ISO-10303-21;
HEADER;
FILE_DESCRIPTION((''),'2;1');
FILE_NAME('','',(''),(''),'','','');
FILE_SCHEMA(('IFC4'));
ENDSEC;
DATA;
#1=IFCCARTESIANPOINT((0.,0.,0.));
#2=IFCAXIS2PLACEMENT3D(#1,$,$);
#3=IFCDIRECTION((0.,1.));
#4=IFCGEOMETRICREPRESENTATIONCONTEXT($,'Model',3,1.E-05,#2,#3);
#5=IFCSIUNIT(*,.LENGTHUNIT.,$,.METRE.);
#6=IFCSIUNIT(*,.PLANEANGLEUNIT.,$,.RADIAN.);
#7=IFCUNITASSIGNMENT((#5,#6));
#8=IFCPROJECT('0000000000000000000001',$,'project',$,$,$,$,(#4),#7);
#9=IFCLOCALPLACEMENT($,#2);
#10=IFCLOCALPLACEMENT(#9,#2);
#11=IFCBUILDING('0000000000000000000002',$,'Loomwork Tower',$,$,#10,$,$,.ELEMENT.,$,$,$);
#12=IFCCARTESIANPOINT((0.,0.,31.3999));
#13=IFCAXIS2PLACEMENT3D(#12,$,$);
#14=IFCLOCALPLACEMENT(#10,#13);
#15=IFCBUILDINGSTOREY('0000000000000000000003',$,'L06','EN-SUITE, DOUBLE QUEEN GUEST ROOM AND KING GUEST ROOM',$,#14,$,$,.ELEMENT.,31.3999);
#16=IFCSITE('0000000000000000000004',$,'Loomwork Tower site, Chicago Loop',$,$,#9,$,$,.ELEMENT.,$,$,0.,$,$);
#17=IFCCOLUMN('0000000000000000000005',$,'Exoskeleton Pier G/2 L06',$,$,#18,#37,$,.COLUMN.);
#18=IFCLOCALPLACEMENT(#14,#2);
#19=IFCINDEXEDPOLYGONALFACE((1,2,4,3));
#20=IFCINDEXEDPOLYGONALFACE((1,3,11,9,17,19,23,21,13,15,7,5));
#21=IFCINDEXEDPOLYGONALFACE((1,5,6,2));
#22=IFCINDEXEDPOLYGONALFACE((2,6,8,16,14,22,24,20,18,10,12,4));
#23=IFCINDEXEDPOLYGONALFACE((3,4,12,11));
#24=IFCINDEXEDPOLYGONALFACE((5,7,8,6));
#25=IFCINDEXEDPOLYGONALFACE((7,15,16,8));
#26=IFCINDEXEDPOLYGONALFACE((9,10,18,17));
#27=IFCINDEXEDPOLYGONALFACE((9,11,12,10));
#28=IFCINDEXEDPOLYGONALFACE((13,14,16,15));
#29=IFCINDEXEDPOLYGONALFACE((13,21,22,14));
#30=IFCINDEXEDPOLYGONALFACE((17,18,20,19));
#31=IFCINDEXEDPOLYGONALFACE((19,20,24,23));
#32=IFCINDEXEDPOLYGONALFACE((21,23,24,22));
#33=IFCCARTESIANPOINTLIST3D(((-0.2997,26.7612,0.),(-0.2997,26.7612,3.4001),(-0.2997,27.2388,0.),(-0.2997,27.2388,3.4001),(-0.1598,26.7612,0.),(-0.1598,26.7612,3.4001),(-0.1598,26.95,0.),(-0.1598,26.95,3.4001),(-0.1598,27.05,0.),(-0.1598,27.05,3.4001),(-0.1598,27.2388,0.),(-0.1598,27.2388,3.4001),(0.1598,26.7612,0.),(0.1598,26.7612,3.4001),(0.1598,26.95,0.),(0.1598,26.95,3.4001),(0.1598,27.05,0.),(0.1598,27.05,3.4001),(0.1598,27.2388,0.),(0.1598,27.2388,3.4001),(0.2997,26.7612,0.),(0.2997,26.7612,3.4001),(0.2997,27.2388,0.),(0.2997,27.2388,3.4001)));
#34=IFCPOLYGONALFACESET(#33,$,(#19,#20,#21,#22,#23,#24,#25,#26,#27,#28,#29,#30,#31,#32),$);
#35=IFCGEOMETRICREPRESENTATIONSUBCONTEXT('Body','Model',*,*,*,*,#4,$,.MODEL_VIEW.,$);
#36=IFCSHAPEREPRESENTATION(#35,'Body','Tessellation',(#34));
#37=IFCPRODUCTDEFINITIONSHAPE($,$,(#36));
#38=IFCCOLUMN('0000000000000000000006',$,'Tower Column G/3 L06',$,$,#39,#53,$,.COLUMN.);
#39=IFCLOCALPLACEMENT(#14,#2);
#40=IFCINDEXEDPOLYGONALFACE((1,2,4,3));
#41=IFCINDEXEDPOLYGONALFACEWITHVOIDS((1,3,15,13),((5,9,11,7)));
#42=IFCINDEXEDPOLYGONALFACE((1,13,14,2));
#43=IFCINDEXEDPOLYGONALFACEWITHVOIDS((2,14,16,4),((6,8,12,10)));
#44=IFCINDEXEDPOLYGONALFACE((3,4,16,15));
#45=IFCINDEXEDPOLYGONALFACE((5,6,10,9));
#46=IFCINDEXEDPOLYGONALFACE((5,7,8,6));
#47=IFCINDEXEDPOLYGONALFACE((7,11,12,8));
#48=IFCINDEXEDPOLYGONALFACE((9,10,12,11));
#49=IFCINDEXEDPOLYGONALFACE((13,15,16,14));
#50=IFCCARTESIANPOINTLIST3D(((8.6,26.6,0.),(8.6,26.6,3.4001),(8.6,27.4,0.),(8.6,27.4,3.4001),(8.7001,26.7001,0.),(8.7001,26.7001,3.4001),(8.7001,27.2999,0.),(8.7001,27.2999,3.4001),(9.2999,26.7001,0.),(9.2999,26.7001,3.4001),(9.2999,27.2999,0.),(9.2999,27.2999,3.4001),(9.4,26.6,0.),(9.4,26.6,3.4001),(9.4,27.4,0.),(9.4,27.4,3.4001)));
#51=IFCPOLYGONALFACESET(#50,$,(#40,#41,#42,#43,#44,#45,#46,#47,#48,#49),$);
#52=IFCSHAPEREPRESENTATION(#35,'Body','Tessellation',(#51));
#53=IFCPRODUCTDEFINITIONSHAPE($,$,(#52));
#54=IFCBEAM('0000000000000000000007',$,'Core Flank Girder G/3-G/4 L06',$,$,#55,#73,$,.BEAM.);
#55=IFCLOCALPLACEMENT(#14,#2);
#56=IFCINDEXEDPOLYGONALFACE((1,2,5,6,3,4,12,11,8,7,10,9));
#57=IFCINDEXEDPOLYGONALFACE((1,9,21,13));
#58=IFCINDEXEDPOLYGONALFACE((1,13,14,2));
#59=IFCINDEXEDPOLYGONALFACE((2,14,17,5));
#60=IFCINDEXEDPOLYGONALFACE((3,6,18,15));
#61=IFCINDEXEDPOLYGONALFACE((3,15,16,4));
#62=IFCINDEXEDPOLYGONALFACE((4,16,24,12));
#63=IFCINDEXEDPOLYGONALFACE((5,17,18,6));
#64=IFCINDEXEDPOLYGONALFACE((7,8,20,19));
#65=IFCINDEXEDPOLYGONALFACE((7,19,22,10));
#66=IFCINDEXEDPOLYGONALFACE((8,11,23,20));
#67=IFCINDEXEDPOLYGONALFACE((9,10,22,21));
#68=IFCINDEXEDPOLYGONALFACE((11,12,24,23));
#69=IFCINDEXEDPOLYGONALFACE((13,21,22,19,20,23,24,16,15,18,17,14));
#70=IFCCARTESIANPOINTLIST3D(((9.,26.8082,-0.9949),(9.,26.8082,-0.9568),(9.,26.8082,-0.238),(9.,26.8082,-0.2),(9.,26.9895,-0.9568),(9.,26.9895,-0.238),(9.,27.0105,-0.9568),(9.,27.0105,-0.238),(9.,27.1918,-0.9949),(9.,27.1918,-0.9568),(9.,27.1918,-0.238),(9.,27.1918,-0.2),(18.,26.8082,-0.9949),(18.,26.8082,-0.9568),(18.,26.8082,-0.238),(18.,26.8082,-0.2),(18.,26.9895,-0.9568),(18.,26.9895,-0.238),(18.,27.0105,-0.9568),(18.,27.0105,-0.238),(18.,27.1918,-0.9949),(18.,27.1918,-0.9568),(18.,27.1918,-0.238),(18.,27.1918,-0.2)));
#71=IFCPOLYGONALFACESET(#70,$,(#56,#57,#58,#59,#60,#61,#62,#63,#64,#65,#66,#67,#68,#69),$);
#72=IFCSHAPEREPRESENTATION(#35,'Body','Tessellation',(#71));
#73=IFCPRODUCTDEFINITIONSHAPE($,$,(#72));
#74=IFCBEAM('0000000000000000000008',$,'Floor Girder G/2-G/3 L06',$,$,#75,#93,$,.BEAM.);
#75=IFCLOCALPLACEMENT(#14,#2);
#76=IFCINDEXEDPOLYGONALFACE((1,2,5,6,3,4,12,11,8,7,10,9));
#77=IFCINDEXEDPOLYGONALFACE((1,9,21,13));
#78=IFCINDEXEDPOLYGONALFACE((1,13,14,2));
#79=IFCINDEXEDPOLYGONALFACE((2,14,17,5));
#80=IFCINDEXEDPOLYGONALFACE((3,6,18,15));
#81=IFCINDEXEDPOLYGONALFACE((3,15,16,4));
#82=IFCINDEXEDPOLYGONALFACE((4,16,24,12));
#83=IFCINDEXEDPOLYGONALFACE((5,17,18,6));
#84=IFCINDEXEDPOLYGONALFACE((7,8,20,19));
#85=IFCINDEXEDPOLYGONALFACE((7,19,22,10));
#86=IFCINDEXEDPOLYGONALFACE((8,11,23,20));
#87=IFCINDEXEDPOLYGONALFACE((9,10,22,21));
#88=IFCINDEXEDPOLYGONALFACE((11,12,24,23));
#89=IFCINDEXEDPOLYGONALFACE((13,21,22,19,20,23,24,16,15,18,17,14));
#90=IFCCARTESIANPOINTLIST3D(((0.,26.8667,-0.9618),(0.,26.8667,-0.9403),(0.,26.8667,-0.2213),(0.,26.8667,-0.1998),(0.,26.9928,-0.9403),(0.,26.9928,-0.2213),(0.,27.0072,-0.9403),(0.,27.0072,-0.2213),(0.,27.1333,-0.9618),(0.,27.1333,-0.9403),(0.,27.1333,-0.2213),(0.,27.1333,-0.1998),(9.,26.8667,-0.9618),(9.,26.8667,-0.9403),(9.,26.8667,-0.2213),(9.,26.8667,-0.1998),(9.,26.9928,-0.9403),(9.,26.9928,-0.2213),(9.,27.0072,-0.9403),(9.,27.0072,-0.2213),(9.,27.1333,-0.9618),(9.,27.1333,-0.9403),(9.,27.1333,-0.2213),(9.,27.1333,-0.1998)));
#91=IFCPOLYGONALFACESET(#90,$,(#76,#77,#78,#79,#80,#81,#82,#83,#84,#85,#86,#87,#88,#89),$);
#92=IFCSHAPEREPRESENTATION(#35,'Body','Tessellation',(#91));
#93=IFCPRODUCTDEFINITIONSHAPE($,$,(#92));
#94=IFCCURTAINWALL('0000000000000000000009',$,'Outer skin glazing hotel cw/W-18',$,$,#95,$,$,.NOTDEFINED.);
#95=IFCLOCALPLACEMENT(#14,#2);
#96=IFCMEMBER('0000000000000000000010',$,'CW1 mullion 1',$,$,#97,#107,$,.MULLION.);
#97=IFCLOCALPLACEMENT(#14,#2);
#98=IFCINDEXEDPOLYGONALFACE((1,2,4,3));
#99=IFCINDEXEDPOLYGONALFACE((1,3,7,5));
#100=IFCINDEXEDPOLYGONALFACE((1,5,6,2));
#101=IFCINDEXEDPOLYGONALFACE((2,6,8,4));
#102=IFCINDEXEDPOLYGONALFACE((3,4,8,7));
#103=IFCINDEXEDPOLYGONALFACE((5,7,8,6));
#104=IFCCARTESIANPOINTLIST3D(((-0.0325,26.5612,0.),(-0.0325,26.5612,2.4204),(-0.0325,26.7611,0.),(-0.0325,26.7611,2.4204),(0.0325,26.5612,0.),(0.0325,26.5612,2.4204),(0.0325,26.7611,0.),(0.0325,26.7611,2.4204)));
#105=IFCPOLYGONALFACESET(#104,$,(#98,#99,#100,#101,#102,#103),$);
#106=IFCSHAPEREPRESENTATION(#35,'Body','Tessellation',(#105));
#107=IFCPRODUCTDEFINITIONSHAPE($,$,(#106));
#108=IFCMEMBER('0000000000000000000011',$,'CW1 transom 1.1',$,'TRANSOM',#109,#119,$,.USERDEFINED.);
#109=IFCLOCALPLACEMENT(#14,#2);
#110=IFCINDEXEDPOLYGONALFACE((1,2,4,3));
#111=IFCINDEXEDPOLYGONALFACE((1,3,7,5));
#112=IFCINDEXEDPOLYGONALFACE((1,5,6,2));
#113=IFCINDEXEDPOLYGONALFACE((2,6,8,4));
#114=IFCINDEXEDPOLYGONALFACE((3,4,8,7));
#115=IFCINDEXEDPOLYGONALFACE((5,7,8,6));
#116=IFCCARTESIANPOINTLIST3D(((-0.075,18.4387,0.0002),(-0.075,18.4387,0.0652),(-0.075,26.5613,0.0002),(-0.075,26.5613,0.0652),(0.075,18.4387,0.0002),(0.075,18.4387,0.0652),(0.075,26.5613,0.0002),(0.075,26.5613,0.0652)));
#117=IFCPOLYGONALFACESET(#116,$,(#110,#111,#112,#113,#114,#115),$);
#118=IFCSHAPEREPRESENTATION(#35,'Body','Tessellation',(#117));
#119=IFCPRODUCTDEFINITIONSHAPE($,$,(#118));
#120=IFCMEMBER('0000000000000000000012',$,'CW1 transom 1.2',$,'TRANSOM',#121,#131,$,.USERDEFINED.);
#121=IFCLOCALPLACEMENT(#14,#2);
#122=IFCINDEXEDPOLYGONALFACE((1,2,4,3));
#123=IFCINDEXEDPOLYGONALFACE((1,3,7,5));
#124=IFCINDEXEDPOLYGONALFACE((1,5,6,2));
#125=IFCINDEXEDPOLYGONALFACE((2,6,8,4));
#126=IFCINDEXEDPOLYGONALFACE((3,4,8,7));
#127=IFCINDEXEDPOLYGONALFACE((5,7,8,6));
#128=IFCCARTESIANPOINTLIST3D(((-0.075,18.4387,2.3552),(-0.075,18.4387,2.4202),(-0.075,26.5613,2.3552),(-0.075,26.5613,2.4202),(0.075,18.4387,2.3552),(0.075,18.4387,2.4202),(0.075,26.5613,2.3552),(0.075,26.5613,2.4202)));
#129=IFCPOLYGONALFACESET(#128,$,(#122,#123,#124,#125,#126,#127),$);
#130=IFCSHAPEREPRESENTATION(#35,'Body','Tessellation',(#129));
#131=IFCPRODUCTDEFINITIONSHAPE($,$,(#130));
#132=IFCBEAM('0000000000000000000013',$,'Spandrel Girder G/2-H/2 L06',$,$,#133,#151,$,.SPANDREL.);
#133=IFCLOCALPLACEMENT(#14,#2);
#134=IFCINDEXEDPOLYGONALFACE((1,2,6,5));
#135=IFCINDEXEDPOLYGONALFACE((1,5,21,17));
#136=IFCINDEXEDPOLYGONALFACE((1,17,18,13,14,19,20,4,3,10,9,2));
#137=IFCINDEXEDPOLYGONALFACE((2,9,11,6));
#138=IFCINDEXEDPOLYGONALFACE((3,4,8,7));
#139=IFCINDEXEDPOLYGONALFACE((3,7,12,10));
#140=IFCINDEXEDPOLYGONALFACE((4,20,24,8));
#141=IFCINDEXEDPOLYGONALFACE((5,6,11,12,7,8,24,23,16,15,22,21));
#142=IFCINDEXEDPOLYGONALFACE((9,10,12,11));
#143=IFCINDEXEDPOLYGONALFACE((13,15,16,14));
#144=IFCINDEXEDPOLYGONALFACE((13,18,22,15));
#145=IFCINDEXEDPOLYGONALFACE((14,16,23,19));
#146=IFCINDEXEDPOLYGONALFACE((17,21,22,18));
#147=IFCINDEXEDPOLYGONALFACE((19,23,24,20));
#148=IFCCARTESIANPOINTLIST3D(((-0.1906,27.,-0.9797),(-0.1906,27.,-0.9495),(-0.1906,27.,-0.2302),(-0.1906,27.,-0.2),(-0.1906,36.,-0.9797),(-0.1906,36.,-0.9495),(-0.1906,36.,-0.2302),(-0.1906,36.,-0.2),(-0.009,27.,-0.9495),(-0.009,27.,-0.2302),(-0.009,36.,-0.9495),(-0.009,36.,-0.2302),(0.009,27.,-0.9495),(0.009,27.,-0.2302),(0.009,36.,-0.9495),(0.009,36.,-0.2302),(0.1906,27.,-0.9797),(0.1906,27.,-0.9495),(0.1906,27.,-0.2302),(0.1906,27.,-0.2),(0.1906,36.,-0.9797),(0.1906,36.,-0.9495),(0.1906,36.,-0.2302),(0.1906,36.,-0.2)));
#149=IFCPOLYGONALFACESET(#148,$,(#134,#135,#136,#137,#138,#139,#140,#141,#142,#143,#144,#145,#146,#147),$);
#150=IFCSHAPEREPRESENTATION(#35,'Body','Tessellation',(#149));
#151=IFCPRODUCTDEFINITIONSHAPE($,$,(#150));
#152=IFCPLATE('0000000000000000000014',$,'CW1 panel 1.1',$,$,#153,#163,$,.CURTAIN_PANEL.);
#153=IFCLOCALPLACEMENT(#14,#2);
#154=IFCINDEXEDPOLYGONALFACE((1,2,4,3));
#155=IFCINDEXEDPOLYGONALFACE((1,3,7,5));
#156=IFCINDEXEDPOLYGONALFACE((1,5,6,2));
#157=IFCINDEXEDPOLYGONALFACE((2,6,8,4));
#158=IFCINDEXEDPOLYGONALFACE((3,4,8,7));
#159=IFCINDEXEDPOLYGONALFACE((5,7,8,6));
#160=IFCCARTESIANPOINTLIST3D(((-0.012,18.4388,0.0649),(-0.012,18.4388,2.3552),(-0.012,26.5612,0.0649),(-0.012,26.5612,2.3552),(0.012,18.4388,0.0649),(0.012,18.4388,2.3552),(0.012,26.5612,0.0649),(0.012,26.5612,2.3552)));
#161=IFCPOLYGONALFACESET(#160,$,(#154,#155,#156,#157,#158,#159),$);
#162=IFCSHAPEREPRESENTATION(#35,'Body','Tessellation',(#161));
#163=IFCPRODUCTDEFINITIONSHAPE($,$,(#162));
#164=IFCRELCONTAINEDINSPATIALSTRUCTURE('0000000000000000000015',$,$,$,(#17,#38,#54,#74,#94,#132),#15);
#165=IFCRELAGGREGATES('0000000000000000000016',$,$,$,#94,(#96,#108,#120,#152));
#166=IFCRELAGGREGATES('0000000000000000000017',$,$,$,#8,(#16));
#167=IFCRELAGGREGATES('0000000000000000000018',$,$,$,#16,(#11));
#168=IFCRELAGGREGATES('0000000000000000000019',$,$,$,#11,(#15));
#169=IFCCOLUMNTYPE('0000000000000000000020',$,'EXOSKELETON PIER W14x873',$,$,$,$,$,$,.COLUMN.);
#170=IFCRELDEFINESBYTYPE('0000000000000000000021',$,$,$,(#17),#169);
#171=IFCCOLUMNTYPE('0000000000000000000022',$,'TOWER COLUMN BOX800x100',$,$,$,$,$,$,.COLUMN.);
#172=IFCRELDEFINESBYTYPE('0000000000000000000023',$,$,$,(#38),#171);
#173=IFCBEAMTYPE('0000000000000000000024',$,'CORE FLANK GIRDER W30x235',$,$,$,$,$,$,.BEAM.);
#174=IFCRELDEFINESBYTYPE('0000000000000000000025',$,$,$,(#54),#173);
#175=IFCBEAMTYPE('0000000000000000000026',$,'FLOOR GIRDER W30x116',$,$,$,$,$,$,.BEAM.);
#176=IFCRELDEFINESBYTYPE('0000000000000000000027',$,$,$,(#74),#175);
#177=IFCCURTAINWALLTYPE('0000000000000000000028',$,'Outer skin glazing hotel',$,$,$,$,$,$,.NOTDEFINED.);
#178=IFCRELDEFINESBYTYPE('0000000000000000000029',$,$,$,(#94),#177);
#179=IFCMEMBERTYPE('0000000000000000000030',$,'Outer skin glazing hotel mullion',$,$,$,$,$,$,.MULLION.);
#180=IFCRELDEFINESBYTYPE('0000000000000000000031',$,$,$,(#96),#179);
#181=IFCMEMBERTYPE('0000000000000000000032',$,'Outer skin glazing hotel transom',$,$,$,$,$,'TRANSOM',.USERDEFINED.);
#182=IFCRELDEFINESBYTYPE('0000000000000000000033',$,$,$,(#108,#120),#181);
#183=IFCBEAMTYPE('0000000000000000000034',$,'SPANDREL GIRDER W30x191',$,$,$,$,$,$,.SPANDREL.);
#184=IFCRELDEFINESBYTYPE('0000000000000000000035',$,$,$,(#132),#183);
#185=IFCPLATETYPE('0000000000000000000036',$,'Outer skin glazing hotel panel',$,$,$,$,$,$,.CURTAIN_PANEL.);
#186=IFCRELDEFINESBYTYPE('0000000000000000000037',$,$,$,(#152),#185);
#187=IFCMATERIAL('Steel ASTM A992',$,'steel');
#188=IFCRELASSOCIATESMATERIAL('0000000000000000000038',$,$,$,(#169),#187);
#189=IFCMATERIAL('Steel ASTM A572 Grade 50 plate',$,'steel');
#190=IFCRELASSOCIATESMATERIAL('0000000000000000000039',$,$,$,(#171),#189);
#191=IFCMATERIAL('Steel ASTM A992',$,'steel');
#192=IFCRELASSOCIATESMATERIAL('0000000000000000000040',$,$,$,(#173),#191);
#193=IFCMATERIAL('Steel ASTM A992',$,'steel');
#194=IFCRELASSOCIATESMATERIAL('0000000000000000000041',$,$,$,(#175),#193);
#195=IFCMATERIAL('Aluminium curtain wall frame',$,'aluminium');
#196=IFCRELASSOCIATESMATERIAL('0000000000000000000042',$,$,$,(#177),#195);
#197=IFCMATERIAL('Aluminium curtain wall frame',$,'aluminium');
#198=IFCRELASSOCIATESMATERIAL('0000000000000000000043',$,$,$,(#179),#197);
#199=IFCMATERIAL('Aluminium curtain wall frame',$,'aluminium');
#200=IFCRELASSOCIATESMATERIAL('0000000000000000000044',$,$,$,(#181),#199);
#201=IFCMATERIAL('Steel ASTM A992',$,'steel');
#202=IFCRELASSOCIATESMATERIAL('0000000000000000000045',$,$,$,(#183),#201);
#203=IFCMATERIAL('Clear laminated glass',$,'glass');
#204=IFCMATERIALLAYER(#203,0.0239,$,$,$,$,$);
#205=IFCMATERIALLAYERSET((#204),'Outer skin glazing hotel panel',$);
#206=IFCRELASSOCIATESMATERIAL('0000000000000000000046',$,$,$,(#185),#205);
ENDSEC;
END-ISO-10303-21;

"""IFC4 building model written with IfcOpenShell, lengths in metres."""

from ifc_helpers import new_model, si_unit, direction, frame, origin, origin_2d, place, context, subcontext, project, spatial, rectangle, hollow_rectangle, i_section, extrude, material, layer, layer_set, material_profile, profile_set, type_object, element, aggregate, save


model = new_model("IFC4")

# Units and contexts
model_context = context("Model", 3, precision=1e-05, world=origin(), true_north=direction((0.0, 1.0)))
body_context = subcontext(model_context, "Body", "Model", "MODEL_VIEW")
ifc_project = project(units=[si_unit("LENGTHUNIT", "METRE"), si_unit("PLANEANGLEUNIT", "RADIAN")], contexts=[model_context])

# Site, building, storey
site_placement = place(None, origin())
site = spatial("IfcSite", under=ifc_project, at=site_placement, Name="Loomwork Tower site, Chicago Loop", CompositionType="ELEMENT", RefElevation=0.0)
building_placement = place(site_placement, origin())
building = spatial("IfcBuilding", under=site, at=building_placement, Name="Loomwork Tower", CompositionType="ELEMENT")
storey_placement = place(building_placement, frame((0.0, 0.0, 31.3999)))
storey = spatial("IfcBuildingStorey", under=building, at=storey_placement, Name="L06", Description="EN-SUITE, DOUBLE QUEEN GUEST ROOM AND KING GUEST ROOM", CompositionType="ELEMENT", Elevation=31.3999)

# Columns
ifc_material_1 = material(Name="Steel ASTM A992", Category="steel")
ifc_material_profile_1 = material_profile(ifc_material_1, i_section(OverallWidth=0.4775, OverallDepth=0.5994, WebThickness=0.1001, FlangeThickness=0.1399, at=origin_2d()), Name="W14x873")
ifc_profile_set_1 = profile_set([ifc_material_profile_1], Name="Steel ASTM A992")
column_type_1 = type_object("IfcColumnType", Name="EXOSKELETON PIER W14x873", PredefinedType="COLUMN", material=ifc_profile_set_1)
column_1_placement = place(storey_placement, frame((0.0, 27.0, 0.0), z_axis=(0.0, 0.0, 1.0), x_axis=(0.0, 1.0, 0.0)))
element("IfcColumn", 1, at=column_1_placement, inside=storey, type_object=column_type_1, Name="Exoskeleton Pier G/2 L06", PredefinedType="COLUMN", context=body_context, shape_type="SweptSolid", body=[
    extrude(i_section(OverallWidth=0.4775, OverallDepth=0.5994, WebThickness=0.1001, FlangeThickness=0.1399, at=origin_2d()), origin(), (0.0, 0.0, 1.0), 3.4001),
])
ifc_material_2 = material(Name="Steel ASTM A572 Grade 50 plate", Category="steel")
ifc_material_profile_2 = material_profile(ifc_material_2, hollow_rectangle(XDim=0.8, YDim=0.8, WallThickness=0.1001, at=origin_2d()), Name="BOX800x100")
ifc_profile_set_2 = profile_set([ifc_material_profile_2], Name="Steel ASTM A572 Grade 50 plate")
column_type_2 = type_object("IfcColumnType", Name="TOWER COLUMN BOX800x100", PredefinedType="COLUMN", material=ifc_profile_set_2)
column_2_placement = place(storey_placement, frame((9.0, 27.0, 0.0), z_axis=(0.0, 0.0, 1.0), x_axis=(1.0, 0.0, 0.0)))
element("IfcColumn", 2, at=column_2_placement, inside=storey, type_object=column_type_2, Name="Tower Column G/3 L06", PredefinedType="COLUMN", context=body_context, shape_type="SweptSolid", body=[
    extrude(hollow_rectangle(XDim=0.8, YDim=0.8, WallThickness=0.1001, at=origin_2d()), origin(), (0.0, 0.0, 1.0), 3.4001),
])

# Beams
ifc_material_3 = material(Name="Steel ASTM A992", Category="steel")
ifc_material_profile_3 = material_profile(ifc_material_3, i_section(OverallWidth=0.3835, OverallDepth=0.7949, WebThickness=0.021, FlangeThickness=0.0381, at=origin_2d()), Name="W30x235")
ifc_profile_set_3 = profile_set([ifc_material_profile_3], Name="Steel ASTM A992")
beam_type_1 = type_object("IfcBeamType", Name="CORE FLANK GIRDER W30x235", PredefinedType="BEAM", material=ifc_profile_set_3)
beam_1_placement = place(storey_placement, frame((9.0, 27.0, -0.5974), z_axis=(1.0, 0.0, 0.0), x_axis=(0.0, 1.0, 0.0)))
element("IfcBeam", 3, at=beam_1_placement, inside=storey, type_object=beam_type_1, Name="Core Flank Girder G/3-G/4 L06", PredefinedType="BEAM", context=body_context, shape_type="SweptSolid", body=[
    extrude(i_section(OverallWidth=0.3835, OverallDepth=0.7949, WebThickness=0.021, FlangeThickness=0.0381, at=origin_2d()), origin(), (0.0, 0.0, 1.0), 9.0),
])
ifc_material_4 = material(Name="Steel ASTM A992", Category="steel")
ifc_material_profile_4 = material_profile(ifc_material_4, i_section(OverallWidth=0.2666, OverallDepth=0.762, WebThickness=0.0144, FlangeThickness=0.0215, at=origin_2d()), Name="W30x116")
ifc_profile_set_4 = profile_set([ifc_material_profile_4], Name="Steel ASTM A992")
beam_type_2 = type_object("IfcBeamType", Name="FLOOR GIRDER W30x116", PredefinedType="BEAM", material=ifc_profile_set_4)
beam_2_placement = place(storey_placement, frame((0.0, 27.0, -0.5808), z_axis=(1.0, 0.0, 0.0), x_axis=(0.0, 1.0, 0.0)))
element("IfcBeam", 4, at=beam_2_placement, inside=storey, type_object=beam_type_2, Name="Floor Girder G/2-G/3 L06", PredefinedType="BEAM", context=body_context, shape_type="SweptSolid", body=[
    extrude(i_section(OverallWidth=0.2666, OverallDepth=0.762, WebThickness=0.0144, FlangeThickness=0.0215, at=origin_2d()), origin(), (0.0, 0.0, 1.0), 9.0),
])

# Curtain wall, members
ifc_material_5 = material(Name="Aluminium curtain wall frame", Category="aluminium")
curtain_wall_type = type_object("IfcCurtainWallType", Name="Outer skin glazing hotel", PredefinedType="NOTDEFINED", material=ifc_material_5)
curtain_wall_placement = place(storey_placement, origin())
curtain_wall = element("IfcCurtainWall", 5, at=curtain_wall_placement, inside=storey, type_object=curtain_wall_type, Name="Outer skin glazing hotel cw/W-18", PredefinedType="NOTDEFINED")
ifc_material_6 = material(Name="Aluminium curtain wall frame", Category="aluminium")
ifc_material_profile_5 = material_profile(ifc_material_6, rectangle(XDim=0.0649, YDim=0.2, at=origin_2d()), Name="AL 65x200")
ifc_profile_set_5 = profile_set([ifc_material_profile_5], Name="Aluminium curtain wall frame")
member_type_1 = type_object("IfcMemberType", Name="Outer skin glazing hotel mullion", PredefinedType="MULLION", material=ifc_profile_set_5)
member_1_placement = place(storey_placement, frame((0.0, 26.6611, 0.0), z_axis=(0.0, 0.0, 1.0), x_axis=(1.0, 0.0, 0.0)))
member_1 = element("IfcMember", 6, at=member_1_placement, type_object=member_type_1, Name="CW1 mullion 1", PredefinedType="MULLION", context=body_context, shape_type="SweptSolid", body=[
    extrude(rectangle(XDim=0.0649, YDim=0.2, at=origin_2d()), origin(), (0.0, 0.0, 1.0), 2.4204),
])
ifc_material_7 = material(Name="Aluminium curtain wall frame", Category="aluminium")
ifc_material_profile_6 = material_profile(ifc_material_7, rectangle(XDim=0.1499, YDim=0.0649, at=origin_2d()), Name="AL 65x150")
ifc_profile_set_6 = profile_set([ifc_material_profile_6], Name="Aluminium curtain wall frame")
member_type_2 = type_object("IfcMemberType", Name="Outer skin glazing hotel transom", ElementType="TRANSOM", PredefinedType="USERDEFINED", material=ifc_profile_set_6)
member_2_placement = place(storey_placement, frame((0.0, 26.5613, 0.0327), z_axis=(0.0, -1.0, 0.0), x_axis=(1.0, 0.0, 0.0)))
member_2 = element("IfcMember", 7, at=member_2_placement, type_object=member_type_2, Name="CW1 transom 1.1", ObjectType="TRANSOM", PredefinedType="USERDEFINED", context=body_context, shape_type="SweptSolid", body=[
    extrude(rectangle(XDim=0.1499, YDim=0.0649, at=origin_2d()), origin(), (0.0, 0.0, 1.0), 8.1226),
])
member_3_placement = place(storey_placement, frame((0.0, 26.5613, 2.3877), z_axis=(0.0, -1.0, 0.0), x_axis=(1.0, 0.0, 0.0)))
member_3 = element("IfcMember", 8, at=member_3_placement, type_object=member_type_2, Name="CW1 transom 1.2", ObjectType="TRANSOM", PredefinedType="USERDEFINED", context=body_context, shape_type="SweptSolid", body=[
    extrude(rectangle(XDim=0.1499, YDim=0.0649, at=origin_2d()), origin(), (0.0, 0.0, 1.0), 8.1226),
])

# Beam
ifc_material_8 = material(Name="Steel ASTM A992", Category="steel")
ifc_material_profile_7 = material_profile(ifc_material_8, i_section(OverallWidth=0.3811, OverallDepth=0.7798, WebThickness=0.0181, FlangeThickness=0.0303, at=origin_2d()), Name="W30x191")
ifc_profile_set_7 = profile_set([ifc_material_profile_7], Name="Steel ASTM A992")
beam_type_3 = type_object("IfcBeamType", Name="SPANDREL GIRDER W30x191", PredefinedType="SPANDREL", material=ifc_profile_set_7)
beam_3_placement = place(storey_placement, frame((0.0, 27.0, -0.5898), z_axis=(0.0, 1.0, 0.0), x_axis=(-1.0, 0.0, 0.0)))
element("IfcBeam", 9, at=beam_3_placement, inside=storey, type_object=beam_type_3, Name="Spandrel Girder G/2-H/2 L06", PredefinedType="SPANDREL", context=body_context, shape_type="SweptSolid", body=[
    extrude(i_section(OverallWidth=0.3811, OverallDepth=0.7798, WebThickness=0.0181, FlangeThickness=0.0303, at=origin_2d()), origin(), (0.0, 0.0, 1.0), 9.0),
])

# Plate
ifc_material_9 = material(Name="Clear laminated glass", Category="glass")
ifc_layer_1 = layer(ifc_material_9, 0.0239)
ifc_layer_set_1 = layer_set([ifc_layer_1], Name="Outer skin glazing hotel panel")
plate_type = type_object("IfcPlateType", Name="Outer skin glazing hotel panel", PredefinedType="CURTAIN_PANEL", material=ifc_layer_set_1)
plate_placement = place(storey_placement, frame((0.0, 22.5, 0.0649), z_axis=(0.0, 0.0, 1.0), x_axis=(0.0, -1.0, 0.0)))
plate = element("IfcPlate", 10, at=plate_placement, type_object=plate_type, Name="CW1 panel 1.1", PredefinedType="CURTAIN_PANEL", context=body_context, shape_type="SweptSolid", body=[
    extrude(rectangle(XDim=8.1223, YDim=0.0239, at=origin_2d()), origin(), (0.0, 0.0, 1.0), 2.2903),
])
aggregate(curtain_wall, [member_1, member_2, member_3, plate])

save(model, "model.ifc")
